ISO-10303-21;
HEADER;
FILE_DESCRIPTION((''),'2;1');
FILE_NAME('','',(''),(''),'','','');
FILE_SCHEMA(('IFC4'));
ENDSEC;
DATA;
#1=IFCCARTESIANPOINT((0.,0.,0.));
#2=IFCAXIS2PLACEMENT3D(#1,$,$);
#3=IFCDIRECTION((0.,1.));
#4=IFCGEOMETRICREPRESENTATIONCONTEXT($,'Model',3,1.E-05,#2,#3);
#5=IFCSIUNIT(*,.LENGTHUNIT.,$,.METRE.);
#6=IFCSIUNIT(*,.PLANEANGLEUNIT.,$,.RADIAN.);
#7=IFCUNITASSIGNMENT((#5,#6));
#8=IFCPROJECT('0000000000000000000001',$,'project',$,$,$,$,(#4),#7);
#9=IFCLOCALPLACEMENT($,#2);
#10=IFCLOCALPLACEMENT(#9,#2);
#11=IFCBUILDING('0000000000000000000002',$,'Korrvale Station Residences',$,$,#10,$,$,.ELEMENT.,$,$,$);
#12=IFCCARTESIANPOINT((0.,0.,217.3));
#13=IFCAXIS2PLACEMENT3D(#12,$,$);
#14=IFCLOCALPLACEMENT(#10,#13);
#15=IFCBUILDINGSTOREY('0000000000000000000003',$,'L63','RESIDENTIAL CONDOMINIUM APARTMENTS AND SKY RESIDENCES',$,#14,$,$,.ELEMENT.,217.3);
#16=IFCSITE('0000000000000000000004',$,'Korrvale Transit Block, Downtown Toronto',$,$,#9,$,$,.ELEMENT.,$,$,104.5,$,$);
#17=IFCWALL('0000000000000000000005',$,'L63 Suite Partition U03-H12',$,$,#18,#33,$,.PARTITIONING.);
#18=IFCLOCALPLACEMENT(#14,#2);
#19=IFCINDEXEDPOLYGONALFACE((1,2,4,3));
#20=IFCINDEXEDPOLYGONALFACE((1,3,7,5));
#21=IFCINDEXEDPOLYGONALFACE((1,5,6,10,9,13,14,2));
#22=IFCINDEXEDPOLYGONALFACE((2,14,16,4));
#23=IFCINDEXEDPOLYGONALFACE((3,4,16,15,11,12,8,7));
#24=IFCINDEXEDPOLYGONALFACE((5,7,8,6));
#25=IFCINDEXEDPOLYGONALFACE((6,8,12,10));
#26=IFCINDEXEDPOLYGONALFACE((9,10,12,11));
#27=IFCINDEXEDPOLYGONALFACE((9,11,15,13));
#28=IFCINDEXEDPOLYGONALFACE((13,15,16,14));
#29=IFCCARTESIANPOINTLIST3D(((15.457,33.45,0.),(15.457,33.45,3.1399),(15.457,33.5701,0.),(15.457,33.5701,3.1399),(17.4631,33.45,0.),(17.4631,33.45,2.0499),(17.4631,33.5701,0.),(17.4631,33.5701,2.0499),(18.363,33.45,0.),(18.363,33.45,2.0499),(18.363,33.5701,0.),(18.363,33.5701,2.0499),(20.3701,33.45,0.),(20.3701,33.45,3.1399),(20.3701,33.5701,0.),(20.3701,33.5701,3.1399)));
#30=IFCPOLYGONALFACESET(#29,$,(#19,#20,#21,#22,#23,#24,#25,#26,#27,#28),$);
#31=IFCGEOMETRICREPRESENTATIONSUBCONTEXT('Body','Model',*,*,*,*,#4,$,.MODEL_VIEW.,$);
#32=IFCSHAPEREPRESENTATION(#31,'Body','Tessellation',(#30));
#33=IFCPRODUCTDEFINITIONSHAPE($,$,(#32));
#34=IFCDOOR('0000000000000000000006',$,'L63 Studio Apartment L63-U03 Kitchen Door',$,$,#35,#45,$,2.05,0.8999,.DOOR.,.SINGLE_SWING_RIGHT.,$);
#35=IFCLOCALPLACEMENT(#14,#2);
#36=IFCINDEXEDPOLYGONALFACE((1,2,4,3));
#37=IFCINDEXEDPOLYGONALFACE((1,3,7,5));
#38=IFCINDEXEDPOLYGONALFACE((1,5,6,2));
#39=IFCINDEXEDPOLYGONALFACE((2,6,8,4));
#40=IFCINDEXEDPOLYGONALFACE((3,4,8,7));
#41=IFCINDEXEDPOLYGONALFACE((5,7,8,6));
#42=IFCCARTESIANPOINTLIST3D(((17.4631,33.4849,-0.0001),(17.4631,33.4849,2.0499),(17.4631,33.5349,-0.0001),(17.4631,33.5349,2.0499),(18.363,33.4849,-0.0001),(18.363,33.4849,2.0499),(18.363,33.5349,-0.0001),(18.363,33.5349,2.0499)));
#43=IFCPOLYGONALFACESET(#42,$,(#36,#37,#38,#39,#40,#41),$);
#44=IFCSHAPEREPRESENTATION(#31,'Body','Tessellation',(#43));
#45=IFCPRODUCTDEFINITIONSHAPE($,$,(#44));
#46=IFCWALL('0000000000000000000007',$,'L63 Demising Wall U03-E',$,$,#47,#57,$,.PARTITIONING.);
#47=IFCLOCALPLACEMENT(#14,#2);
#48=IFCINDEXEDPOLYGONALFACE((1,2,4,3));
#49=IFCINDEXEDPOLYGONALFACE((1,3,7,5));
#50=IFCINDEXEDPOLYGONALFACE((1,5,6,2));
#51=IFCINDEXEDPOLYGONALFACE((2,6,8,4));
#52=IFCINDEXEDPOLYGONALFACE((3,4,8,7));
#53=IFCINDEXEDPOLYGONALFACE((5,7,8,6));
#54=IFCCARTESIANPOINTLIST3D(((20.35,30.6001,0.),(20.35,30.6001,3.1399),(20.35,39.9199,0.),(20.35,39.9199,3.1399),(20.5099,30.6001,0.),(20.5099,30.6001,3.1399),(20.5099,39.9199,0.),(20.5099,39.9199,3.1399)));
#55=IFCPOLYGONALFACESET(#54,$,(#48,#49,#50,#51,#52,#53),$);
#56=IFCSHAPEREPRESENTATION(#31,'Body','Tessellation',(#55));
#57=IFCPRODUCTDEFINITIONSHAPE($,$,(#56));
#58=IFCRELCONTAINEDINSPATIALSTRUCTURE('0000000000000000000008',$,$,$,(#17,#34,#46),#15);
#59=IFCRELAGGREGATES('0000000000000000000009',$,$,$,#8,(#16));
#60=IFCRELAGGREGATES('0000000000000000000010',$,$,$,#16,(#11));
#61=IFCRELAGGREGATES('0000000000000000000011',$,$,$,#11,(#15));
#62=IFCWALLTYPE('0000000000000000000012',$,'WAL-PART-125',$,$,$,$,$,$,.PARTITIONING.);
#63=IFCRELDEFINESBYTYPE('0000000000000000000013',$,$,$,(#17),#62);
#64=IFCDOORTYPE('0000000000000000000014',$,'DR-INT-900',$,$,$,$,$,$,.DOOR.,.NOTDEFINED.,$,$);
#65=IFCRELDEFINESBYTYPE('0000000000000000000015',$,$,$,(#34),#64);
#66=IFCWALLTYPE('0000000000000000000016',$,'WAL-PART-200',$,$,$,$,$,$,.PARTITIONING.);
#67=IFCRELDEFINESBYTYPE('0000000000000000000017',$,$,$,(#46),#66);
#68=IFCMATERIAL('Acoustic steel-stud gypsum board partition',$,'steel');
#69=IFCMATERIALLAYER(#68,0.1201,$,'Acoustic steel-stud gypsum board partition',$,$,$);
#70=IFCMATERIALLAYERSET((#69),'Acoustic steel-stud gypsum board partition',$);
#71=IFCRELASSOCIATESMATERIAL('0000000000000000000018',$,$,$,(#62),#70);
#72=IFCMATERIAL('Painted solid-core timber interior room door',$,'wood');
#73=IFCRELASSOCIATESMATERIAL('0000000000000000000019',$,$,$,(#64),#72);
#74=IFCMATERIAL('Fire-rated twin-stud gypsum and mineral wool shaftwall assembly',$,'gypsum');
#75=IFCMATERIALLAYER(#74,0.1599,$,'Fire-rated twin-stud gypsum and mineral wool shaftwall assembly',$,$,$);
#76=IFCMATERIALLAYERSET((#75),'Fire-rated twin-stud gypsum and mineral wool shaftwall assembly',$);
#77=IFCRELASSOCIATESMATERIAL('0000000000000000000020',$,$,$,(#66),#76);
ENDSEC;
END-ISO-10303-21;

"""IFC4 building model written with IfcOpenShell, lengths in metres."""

from ifc_helpers import new_model, si_unit, direction, frame, frame_2d, origin, place, context, subcontext, project, spatial, rectangle, extrude, material, layer, layer_set, type_object, element, fill, save


model = new_model("IFC4")

# Units and contexts
model_context = context("Model", 3, precision=1e-05, world=origin(), true_north=direction((0.0, 1.0)))
body_context = subcontext(model_context, "Body", "Model", "MODEL_VIEW")
ifc_project = project(units=[si_unit("LENGTHUNIT", "METRE"), si_unit("PLANEANGLEUNIT", "RADIAN")], contexts=[model_context])

# Site, building, storey
site_placement = place(None, origin())
site = spatial("IfcSite", under=ifc_project, at=site_placement, Name="Korrvale Transit Block, Downtown Toronto", CompositionType="ELEMENT", RefElevation=104.5)
building_placement = place(site_placement, origin())
building = spatial("IfcBuilding", under=site, at=building_placement, Name="Korrvale Station Residences", CompositionType="ELEMENT")
storey_placement = place(building_placement, frame((0.0, 0.0, 217.3)))
storey = spatial("IfcBuildingStorey", under=building, at=storey_placement, Name="L63", Description="RESIDENTIAL CONDOMINIUM APARTMENTS AND SKY RESIDENCES", CompositionType="ELEMENT", Elevation=217.3)

# Wall, opening, door
ifc_material_1 = material(Name="Acoustic steel-stud gypsum board partition", Category="steel")
ifc_layer_1 = layer(ifc_material_1, 0.1201, Name="Acoustic steel-stud gypsum board partition")
ifc_layer_set_1 = layer_set([ifc_layer_1], Name="Acoustic steel-stud gypsum board partition")
wall_type_1 = type_object("IfcWallType", Name="WAL-PART-125", PredefinedType="PARTITIONING", material=ifc_layer_set_1)
wall_1_placement = place(storey_placement, frame((15.457, 33.51, 0.0), z_axis=(0.0, 0.0, 1.0), x_axis=(1.0, 0.0, 0.0)))
wall_1 = element("IfcWall", 1, at=wall_1_placement, inside=storey, type_object=wall_type_1, Name="L63 Suite Partition U03-H12", PredefinedType="PARTITIONING", context=body_context, shape_type="SweptSolid", body=[
    extrude(rectangle(XDim=4.9131, YDim=0.1201, at=frame_2d((2.4565, 0.0))), origin(), (0.0, 0.0, 1.0), 3.1399),
])
opening_1_placement = place(wall_1_placement, frame((2.0061, 0.0, 0.0)))
opening_1 = element("IfcOpeningElement", 2, at=opening_1_placement, cuts=wall_1, PredefinedType="OPENING", context=body_context, shape_type="SweptSolid", body=[
    extrude(rectangle(XDim=0.8999, YDim=2.05, at=frame_2d((0.45, 1.0249))), frame((0.0, 0.0701, 0.0), z_axis=(0.0, -1.0, 0.0), x_axis=(1.0, 0.0, 0.0)), (0.0, 0.0, 1.0), 0.1401),
])
ifc_material_2 = material(Name="Painted solid-core timber interior room door", Category="wood")
door_type_1 = type_object("IfcDoorType", Name="DR-INT-900", OperationType="NOTDEFINED", PredefinedType="DOOR", material=ifc_material_2)
door_1_placement = place(opening_1_placement, origin())
door_1 = element("IfcDoor", 3, at=door_1_placement, inside=storey, type_object=door_type_1, Name="L63 Studio Apartment L63-U03 Kitchen Door", OperationType="SINGLE_SWING_RIGHT", OverallHeight=2.05, OverallWidth=0.8999, PredefinedType="DOOR", context=body_context, shape_type="SweptSolid", body=[
    extrude(rectangle(XDim=0.8999, YDim=2.05, at=frame_2d((0.45, 1.0249))), frame((0.0, 0.0249, 0.0), z_axis=(0.0, -1.0, 0.0), x_axis=(1.0, 0.0, 0.0)), (0.0, 0.0, 1.0), 0.05),
])
fill(opening_1, door_1)

# Wall
ifc_material_3 = material(Name="Fire-rated twin-stud gypsum and mineral wool shaftwall assembly", Category="gypsum")
ifc_layer_2 = layer(ifc_material_3, 0.1599, Name="Fire-rated twin-stud gypsum and mineral wool shaftwall assembly")
ifc_layer_set_2 = layer_set([ifc_layer_2], Name="Fire-rated twin-stud gypsum and mineral wool shaftwall assembly")
wall_type_2 = type_object("IfcWallType", Name="WAL-PART-200", PredefinedType="PARTITIONING", material=ifc_layer_set_2)
wall_2_placement = place(storey_placement, frame((20.4299, 30.6001, 0.0), z_axis=(0.0, 0.0, 1.0), x_axis=(0.0, 1.0, 0.0)))
element("IfcWall", 4, at=wall_2_placement, inside=storey, type_object=wall_type_2, Name="L63 Demising Wall U03-E", PredefinedType="PARTITIONING", context=body_context, shape_type="SweptSolid", body=[
    extrude(rectangle(XDim=9.3198, YDim=0.1599, at=frame_2d((4.6599, 0.0))), origin(), (0.0, 0.0, 1.0), 3.1399),
])

save(model, "model.ifc")
